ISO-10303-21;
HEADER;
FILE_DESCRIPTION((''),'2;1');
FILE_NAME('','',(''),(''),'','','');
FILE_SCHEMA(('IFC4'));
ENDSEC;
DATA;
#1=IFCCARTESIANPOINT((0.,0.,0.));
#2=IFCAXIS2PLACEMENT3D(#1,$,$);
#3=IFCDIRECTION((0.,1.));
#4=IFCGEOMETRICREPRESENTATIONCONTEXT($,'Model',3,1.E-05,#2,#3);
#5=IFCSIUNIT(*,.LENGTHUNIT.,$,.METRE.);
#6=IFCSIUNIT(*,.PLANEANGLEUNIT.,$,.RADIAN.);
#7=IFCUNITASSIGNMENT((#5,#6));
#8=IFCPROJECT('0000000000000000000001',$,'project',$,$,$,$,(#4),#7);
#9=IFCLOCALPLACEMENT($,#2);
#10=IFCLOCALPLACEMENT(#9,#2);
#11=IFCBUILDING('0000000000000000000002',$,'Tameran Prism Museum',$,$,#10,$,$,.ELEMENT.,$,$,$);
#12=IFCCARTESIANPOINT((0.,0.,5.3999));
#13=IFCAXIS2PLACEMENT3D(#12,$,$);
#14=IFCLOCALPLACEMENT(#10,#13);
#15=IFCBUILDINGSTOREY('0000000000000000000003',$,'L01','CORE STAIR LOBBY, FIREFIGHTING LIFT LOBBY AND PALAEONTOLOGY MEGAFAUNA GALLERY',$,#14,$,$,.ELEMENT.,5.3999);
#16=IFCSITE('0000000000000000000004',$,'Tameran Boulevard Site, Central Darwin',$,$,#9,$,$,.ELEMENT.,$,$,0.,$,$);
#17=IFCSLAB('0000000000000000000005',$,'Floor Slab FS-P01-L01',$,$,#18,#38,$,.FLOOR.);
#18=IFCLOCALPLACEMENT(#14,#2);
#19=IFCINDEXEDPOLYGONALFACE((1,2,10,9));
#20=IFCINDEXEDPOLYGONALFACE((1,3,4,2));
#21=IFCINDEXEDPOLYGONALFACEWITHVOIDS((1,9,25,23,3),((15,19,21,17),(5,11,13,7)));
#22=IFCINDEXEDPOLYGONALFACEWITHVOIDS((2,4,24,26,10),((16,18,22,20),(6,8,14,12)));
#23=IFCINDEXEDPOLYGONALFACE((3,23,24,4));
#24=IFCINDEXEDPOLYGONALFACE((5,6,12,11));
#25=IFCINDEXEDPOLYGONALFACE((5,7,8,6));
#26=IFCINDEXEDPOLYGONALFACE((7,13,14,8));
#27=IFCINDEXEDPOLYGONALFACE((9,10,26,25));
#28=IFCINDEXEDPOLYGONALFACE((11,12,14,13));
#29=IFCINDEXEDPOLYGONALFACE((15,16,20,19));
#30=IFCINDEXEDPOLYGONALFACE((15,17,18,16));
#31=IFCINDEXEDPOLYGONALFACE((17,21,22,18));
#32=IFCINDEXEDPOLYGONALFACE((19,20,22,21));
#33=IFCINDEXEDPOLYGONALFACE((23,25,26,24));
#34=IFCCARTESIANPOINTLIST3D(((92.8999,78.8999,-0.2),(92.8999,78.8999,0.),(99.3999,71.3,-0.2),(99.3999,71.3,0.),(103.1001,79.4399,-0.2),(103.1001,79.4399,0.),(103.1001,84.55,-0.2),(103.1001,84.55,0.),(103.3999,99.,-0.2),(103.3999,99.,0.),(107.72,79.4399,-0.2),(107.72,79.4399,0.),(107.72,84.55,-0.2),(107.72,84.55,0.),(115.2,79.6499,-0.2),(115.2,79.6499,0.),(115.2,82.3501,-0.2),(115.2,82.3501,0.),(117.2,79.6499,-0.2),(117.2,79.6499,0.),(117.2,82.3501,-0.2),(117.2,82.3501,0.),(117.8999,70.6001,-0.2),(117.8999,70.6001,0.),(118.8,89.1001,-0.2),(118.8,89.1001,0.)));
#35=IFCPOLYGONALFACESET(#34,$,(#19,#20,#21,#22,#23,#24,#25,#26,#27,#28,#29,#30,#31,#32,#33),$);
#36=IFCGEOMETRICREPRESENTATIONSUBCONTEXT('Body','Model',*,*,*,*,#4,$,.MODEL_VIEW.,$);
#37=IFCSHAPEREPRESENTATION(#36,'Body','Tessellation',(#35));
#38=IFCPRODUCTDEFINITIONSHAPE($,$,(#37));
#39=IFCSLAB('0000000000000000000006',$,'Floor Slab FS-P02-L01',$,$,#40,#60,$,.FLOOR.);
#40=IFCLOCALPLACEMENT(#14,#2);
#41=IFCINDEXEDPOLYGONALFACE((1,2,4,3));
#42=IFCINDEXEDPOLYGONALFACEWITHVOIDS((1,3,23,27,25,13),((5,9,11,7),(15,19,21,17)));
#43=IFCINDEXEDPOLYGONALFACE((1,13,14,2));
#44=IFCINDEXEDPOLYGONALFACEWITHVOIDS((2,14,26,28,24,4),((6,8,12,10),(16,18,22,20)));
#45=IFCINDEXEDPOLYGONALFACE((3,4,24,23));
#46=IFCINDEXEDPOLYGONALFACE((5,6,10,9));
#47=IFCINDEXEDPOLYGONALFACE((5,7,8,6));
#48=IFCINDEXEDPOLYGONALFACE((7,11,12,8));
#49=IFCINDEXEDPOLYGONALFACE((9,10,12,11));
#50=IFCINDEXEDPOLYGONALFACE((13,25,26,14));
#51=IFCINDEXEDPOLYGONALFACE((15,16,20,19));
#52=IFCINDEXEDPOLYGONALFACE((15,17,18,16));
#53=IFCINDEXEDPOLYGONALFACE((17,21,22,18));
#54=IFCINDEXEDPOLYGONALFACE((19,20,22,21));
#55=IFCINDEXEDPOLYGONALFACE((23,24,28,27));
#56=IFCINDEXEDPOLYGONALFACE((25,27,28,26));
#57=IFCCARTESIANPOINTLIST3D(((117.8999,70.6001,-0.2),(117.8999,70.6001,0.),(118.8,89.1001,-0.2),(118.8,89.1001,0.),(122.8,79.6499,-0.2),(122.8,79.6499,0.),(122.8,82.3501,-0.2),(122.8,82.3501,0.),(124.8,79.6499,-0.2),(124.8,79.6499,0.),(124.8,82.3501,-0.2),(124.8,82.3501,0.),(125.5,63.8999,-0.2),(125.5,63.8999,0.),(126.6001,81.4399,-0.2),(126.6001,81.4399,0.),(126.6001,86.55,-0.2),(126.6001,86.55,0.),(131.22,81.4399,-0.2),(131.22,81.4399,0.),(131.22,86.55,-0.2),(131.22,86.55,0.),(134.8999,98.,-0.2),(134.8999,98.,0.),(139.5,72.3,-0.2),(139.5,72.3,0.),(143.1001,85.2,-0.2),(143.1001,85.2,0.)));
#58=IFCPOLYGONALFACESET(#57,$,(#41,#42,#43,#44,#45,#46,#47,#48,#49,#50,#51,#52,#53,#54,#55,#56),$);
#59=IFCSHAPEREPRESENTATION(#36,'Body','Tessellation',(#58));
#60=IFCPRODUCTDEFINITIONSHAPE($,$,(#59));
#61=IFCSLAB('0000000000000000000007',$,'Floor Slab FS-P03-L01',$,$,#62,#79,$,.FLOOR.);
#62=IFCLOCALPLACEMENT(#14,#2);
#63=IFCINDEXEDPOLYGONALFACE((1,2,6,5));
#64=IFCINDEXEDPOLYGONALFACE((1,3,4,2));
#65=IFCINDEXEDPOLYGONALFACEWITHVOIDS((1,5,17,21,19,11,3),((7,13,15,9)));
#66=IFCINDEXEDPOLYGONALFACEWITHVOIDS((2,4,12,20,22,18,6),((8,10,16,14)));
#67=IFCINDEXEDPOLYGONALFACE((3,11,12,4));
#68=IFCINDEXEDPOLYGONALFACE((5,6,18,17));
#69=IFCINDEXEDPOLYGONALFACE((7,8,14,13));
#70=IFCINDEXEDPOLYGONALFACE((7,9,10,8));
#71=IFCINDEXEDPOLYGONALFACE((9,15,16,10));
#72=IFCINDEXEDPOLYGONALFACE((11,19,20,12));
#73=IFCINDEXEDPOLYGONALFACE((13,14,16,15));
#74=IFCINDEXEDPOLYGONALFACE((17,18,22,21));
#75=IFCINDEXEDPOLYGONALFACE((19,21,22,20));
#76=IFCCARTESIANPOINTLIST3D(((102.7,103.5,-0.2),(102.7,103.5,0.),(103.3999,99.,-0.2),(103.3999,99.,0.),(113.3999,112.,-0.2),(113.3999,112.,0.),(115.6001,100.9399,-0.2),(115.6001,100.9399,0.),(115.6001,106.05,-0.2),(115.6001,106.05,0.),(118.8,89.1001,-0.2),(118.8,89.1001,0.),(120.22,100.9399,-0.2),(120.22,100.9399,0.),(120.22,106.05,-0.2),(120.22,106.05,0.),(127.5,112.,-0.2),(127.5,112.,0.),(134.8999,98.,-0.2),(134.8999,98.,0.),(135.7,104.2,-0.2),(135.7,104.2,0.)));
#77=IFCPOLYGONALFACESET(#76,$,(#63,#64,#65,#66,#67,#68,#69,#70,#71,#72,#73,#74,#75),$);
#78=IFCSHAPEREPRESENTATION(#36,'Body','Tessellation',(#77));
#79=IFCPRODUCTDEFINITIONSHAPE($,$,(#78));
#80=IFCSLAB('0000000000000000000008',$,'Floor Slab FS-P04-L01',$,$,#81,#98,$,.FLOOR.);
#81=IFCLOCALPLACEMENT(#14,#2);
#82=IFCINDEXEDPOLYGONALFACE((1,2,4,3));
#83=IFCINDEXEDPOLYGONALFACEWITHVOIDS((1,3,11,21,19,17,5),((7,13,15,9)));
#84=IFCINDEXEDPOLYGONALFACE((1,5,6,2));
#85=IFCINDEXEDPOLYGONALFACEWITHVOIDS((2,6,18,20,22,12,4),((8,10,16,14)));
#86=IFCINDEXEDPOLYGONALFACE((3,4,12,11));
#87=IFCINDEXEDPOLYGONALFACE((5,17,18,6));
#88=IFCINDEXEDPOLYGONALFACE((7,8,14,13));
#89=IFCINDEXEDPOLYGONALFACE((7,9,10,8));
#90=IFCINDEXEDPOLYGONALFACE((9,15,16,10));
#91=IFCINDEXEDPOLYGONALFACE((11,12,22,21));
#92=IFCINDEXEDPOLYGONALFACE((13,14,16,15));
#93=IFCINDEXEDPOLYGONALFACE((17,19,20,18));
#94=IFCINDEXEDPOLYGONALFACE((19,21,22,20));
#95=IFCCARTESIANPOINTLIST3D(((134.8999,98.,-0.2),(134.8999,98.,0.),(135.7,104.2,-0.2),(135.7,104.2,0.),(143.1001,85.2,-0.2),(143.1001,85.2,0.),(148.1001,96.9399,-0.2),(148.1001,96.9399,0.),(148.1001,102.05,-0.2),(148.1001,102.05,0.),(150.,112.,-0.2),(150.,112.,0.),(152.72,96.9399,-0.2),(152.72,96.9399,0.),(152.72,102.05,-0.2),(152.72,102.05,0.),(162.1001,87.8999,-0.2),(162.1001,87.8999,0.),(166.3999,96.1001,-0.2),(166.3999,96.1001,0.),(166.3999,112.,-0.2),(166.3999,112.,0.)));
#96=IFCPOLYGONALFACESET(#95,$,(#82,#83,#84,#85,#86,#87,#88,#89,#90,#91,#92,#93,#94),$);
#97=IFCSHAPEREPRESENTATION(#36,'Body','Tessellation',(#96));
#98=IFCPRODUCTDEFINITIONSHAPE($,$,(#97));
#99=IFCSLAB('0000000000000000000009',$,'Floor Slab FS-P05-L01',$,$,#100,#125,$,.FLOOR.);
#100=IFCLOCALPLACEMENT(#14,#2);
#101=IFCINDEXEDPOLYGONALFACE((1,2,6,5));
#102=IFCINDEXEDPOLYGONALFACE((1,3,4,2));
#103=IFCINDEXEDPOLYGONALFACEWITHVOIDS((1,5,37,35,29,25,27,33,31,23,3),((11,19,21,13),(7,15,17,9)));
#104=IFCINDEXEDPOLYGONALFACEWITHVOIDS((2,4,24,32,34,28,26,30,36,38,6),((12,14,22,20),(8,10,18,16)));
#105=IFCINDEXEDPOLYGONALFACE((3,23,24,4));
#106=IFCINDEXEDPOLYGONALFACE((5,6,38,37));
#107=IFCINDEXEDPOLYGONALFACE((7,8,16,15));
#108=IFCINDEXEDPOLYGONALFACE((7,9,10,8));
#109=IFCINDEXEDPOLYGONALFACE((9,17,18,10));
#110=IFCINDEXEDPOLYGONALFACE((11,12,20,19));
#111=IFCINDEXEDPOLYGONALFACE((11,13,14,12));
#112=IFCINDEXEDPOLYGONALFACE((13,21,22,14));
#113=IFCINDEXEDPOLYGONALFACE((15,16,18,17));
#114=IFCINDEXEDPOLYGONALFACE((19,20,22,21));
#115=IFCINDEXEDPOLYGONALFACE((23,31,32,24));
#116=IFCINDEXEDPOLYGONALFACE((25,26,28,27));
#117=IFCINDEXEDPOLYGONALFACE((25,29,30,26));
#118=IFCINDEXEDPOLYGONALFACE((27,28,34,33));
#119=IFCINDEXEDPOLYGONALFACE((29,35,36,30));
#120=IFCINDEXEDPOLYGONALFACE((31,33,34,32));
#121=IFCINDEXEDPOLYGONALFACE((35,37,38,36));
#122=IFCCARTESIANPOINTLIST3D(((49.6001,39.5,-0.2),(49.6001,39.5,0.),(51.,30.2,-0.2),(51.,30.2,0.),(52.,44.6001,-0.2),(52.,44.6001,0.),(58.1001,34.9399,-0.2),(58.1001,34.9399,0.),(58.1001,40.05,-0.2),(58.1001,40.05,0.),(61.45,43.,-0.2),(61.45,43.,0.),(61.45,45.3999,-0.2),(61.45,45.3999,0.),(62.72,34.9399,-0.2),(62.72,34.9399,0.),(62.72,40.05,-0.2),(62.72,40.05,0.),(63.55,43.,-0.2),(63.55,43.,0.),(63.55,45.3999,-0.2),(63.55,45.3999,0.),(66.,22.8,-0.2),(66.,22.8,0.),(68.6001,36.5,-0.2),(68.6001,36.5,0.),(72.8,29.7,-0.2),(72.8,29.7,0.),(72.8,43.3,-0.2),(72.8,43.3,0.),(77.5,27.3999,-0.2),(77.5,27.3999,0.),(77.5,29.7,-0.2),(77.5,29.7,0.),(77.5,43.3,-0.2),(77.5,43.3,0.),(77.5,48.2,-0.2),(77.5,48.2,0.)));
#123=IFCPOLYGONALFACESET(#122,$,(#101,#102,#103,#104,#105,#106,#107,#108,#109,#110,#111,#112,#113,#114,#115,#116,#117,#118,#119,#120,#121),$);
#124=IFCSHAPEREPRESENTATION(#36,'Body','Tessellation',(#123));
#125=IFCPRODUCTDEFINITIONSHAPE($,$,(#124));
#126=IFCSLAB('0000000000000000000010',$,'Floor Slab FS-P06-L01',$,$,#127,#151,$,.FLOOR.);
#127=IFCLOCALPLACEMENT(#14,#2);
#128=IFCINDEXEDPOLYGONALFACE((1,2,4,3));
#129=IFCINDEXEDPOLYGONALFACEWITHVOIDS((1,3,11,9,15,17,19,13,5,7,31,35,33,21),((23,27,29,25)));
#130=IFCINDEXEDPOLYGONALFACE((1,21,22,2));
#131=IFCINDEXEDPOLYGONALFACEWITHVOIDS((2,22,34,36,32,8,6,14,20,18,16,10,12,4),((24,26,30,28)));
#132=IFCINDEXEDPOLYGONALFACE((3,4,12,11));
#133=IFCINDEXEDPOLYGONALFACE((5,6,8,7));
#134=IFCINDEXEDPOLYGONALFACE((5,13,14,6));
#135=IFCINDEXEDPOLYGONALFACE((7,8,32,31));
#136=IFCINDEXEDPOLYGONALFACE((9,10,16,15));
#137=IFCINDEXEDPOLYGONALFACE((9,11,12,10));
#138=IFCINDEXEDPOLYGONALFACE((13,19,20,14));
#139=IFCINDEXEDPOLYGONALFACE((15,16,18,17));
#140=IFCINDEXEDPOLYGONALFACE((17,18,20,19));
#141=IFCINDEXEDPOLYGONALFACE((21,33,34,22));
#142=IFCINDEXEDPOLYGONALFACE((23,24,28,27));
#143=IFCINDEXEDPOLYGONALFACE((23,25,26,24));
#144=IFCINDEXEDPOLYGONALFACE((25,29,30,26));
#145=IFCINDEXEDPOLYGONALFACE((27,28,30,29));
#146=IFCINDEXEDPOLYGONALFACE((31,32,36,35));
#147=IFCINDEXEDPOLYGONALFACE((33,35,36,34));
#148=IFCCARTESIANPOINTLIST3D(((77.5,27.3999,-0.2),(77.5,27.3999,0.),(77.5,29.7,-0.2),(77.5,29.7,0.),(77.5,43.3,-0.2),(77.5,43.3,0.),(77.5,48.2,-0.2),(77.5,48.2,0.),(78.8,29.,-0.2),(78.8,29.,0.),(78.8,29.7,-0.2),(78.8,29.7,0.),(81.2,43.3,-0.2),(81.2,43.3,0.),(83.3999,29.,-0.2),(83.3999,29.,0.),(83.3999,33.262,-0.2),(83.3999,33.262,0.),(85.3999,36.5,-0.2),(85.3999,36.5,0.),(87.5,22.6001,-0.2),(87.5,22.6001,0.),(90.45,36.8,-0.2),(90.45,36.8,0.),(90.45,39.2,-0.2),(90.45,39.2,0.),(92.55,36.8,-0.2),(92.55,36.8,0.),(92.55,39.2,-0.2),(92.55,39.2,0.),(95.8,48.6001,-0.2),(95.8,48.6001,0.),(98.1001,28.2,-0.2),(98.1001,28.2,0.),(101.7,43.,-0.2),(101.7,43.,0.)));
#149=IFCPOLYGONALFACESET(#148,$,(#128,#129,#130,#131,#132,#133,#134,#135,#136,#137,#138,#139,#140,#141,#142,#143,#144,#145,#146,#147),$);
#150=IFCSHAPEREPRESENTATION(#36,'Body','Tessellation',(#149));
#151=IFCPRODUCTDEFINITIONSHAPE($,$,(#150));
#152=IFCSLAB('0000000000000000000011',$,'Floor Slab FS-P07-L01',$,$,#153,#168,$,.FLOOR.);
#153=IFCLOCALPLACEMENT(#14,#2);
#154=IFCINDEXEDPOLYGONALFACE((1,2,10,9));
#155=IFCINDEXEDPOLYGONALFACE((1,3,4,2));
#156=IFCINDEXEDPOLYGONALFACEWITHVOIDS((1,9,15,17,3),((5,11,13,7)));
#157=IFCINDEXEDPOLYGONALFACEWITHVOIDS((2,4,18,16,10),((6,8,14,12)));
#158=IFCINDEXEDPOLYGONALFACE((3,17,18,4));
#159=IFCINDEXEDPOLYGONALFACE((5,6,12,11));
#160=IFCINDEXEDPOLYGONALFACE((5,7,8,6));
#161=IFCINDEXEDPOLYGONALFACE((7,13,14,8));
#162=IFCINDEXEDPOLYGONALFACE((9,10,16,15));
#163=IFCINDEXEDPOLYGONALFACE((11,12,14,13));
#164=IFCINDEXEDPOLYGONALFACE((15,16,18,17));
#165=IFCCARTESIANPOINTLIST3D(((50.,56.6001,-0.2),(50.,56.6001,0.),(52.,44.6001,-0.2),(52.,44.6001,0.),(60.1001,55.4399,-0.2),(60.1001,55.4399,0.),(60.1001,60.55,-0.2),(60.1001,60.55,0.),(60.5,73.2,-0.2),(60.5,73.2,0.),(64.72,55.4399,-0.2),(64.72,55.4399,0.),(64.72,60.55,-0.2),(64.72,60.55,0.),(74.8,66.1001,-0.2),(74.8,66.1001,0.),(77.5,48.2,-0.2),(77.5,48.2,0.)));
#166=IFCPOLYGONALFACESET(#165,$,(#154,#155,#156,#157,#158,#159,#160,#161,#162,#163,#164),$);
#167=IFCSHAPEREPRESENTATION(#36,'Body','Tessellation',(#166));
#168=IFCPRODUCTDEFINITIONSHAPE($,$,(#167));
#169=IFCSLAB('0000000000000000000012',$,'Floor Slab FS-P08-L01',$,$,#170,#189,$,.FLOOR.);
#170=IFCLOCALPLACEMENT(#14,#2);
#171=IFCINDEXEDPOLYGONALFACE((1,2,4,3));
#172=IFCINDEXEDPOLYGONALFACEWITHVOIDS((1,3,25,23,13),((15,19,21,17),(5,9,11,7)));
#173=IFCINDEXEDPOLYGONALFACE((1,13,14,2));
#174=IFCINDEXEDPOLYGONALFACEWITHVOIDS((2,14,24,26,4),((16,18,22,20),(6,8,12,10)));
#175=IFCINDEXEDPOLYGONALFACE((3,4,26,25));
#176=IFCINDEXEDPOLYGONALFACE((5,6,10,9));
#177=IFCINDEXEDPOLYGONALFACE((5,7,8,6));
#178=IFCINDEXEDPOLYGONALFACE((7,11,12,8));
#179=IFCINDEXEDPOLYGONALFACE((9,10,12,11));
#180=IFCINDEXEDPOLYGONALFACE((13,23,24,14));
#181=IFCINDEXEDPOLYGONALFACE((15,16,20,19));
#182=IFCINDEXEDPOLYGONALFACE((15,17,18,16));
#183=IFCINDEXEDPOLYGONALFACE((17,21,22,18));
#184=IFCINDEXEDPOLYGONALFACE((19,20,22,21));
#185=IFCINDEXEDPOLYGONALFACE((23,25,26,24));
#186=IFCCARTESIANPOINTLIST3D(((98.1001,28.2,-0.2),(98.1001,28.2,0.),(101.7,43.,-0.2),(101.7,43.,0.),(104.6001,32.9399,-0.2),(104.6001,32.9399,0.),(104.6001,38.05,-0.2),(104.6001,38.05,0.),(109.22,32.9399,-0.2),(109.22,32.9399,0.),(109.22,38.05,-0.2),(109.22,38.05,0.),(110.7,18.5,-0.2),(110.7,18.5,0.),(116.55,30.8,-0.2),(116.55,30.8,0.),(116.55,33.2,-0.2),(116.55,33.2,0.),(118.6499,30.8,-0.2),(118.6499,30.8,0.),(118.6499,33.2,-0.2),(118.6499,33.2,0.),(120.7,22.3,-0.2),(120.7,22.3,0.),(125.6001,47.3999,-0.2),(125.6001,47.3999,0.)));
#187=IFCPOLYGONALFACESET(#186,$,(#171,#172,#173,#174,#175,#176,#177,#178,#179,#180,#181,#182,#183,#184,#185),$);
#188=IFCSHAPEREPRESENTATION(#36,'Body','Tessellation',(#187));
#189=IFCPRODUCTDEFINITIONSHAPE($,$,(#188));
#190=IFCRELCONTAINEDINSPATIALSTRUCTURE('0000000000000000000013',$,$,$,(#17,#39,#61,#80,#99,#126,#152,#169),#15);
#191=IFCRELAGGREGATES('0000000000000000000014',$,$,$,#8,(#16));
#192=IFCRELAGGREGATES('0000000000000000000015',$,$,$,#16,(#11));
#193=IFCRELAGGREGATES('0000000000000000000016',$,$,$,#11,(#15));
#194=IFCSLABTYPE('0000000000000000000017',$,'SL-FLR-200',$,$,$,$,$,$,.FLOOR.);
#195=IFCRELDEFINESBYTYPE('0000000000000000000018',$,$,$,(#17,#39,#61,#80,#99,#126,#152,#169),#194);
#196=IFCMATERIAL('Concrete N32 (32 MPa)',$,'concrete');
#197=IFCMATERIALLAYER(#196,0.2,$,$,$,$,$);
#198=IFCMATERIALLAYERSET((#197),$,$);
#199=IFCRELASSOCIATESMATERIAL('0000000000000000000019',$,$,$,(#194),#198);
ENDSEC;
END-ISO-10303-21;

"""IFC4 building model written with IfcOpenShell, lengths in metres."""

from ifc_helpers import new_model, si_unit, direction, frame, origin, place, context, subcontext, project, spatial, polyline, outline, extrude, material, layer, layer_set, type_object, element, save


model = new_model("IFC4")

# Units and contexts
model_context = context("Model", 3, precision=1e-05, world=origin(), true_north=direction((0.0, 1.0)))
body_context = subcontext(model_context, "Body", "Model", "MODEL_VIEW")
ifc_project = project(units=[si_unit("LENGTHUNIT", "METRE"), si_unit("PLANEANGLEUNIT", "RADIAN")], contexts=[model_context])

# Site, building, storey
site_placement = place(None, origin())
site = spatial("IfcSite", under=ifc_project, at=site_placement, Name="Tameran Boulevard Site, Central Darwin", CompositionType="ELEMENT", RefElevation=0.0)
building_placement = place(site_placement, origin())
building = spatial("IfcBuilding", under=site, at=building_placement, Name="Tameran Prism Museum", CompositionType="ELEMENT")
storey_placement = place(building_placement, frame((0.0, 0.0, 5.3999)))
storey = spatial("IfcBuildingStorey", under=building, at=storey_placement, Name="L01", Description="CORE STAIR LOBBY, FIREFIGHTING LIFT LOBBY AND PALAEONTOLOGY MEGAFAUNA GALLERY", CompositionType="ELEMENT", Elevation=5.3999)

# Slabs
ifc_material_1 = material(Name="Concrete N32 (32 MPa)", Category="concrete")
ifc_layer_1 = layer(ifc_material_1, 0.2)
ifc_layer_set_1 = layer_set([ifc_layer_1])
slab_type_1 = type_object("IfcSlabType", Name="SL-FLR-200", PredefinedType="FLOOR", material=ifc_layer_set_1)
slab_1_placement = place(storey_placement, frame((0.0, 0.0, -0.2)))
element("IfcSlab", 1, at=slab_1_placement, inside=storey, type_object=slab_type_1, Name="Floor Slab FS-P01-L01", PredefinedType="FLOOR", context=body_context, shape_type="SweptSolid", body=[
    extrude(outline(polyline([(92.8999, 78.8999), (103.3999, 99.0), (118.8, 89.1001), (117.8999, 70.6001), (99.3999, 71.3), (92.8999, 78.8999)]), holes=[polyline([(117.2, 79.6499), (117.2, 82.3501), (115.2, 82.3501), (115.2, 79.6499), (117.2, 79.6499)]), polyline([(107.72, 79.4399), (107.72, 84.55), (103.1001, 84.55), (103.1001, 79.4399), (107.72, 79.4399)])]), origin(), (0.0, 0.0, 1.0), 0.2),
])
slab_2_placement = place(storey_placement, frame((0.0, 0.0, -0.2)))
element("IfcSlab", 2, at=slab_2_placement, inside=storey, type_object=slab_type_1, Name="Floor Slab FS-P02-L01", PredefinedType="FLOOR", context=body_context, shape_type="SweptSolid", body=[
    extrude(outline(polyline([(118.8, 89.1001), (134.8999, 98.0), (143.1001, 85.2), (139.5, 72.3), (125.5, 63.8999), (117.8999, 70.6001), (118.8, 89.1001)]), holes=[polyline([(124.8, 79.6499), (124.8, 82.3501), (122.8, 82.3501), (122.8, 79.6499), (124.8, 79.6499)]), polyline([(131.22, 81.4399), (131.22, 86.55), (126.6001, 86.55), (126.6001, 81.4399), (131.22, 81.4399)])]), origin(), (0.0, 0.0, 1.0), 0.2),
])
slab_3_placement = place(storey_placement, frame((0.0, 0.0, -0.2)))
element("IfcSlab", 3, at=slab_3_placement, inside=storey, type_object=slab_type_1, Name="Floor Slab FS-P03-L01", PredefinedType="FLOOR", context=body_context, shape_type="SweptSolid", body=[
    extrude(outline(polyline([(102.7, 103.5), (113.3999, 112.0), (127.5, 112.0), (135.7, 104.2), (134.8999, 98.0), (118.8, 89.1001), (103.3999, 99.0), (102.7, 103.5)]), holes=[polyline([(120.22, 106.05), (115.6001, 106.05), (115.6001, 100.9399), (120.22, 100.9399), (120.22, 106.05)])]), origin(), (0.0, 0.0, 1.0), 0.2),
])
slab_4_placement = place(storey_placement, frame((0.0, 0.0, -0.2)))
element("IfcSlab", 4, at=slab_4_placement, inside=storey, type_object=slab_type_1, Name="Floor Slab FS-P04-L01", PredefinedType="FLOOR", context=body_context, shape_type="SweptSolid", body=[
    extrude(outline(polyline([(135.7, 104.2), (150.0, 112.0), (166.3999, 112.0), (166.3999, 96.1001), (162.1001, 87.8999), (143.1001, 85.2), (134.8999, 98.0), (135.7, 104.2)]), holes=[polyline([(152.72, 102.05), (148.1001, 102.05), (148.1001, 96.9399), (152.72, 96.9399), (152.72, 102.05)])]), origin(), (0.0, 0.0, 1.0), 0.2),
])
slab_5_placement = place(storey_placement, frame((0.0, 0.0, -0.2)))
element("IfcSlab", 5, at=slab_5_placement, inside=storey, type_object=slab_type_1, Name="Floor Slab FS-P05-L01", PredefinedType="FLOOR", context=body_context, shape_type="SweptSolid", body=[
    extrude(outline(polyline([(77.5, 27.3999), (66.0, 22.8), (51.0, 30.2), (49.6001, 39.5), (52.0, 44.6001), (77.5, 48.2), (77.5, 43.3), (72.8, 43.3), (68.6001, 36.5), (72.8, 29.7), (77.5, 29.7), (77.5, 27.3999)]), holes=[polyline([(58.1001, 34.9399), (62.72, 34.9399), (62.72, 40.05), (58.1001, 40.05), (58.1001, 34.9399)]), polyline([(61.45, 43.0), (63.55, 43.0), (63.55, 45.3999), (61.45, 45.3999), (61.45, 43.0)])]), origin(), (0.0, 0.0, 1.0), 0.2),
])
slab_6_placement = place(storey_placement, frame((0.0, 0.0, -0.2)))
element("IfcSlab", 6, at=slab_6_placement, inside=storey, type_object=slab_type_1, Name="Floor Slab FS-P06-L01", PredefinedType="FLOOR", context=body_context, shape_type="SweptSolid", body=[
    extrude(outline(polyline([(77.5, 48.2), (95.8, 48.6001), (101.7, 43.0), (98.1001, 28.2), (87.5, 22.6001), (77.5, 27.3999), (77.5, 29.7), (78.8, 29.7), (78.8, 29.0), (83.3999, 29.0), (83.3999, 33.262), (85.3999, 36.5), (81.2, 43.3), (77.5, 43.3), (77.5, 48.2)]), holes=[polyline([(92.55, 36.8), (92.55, 39.2), (90.45, 39.2), (90.45, 36.8), (92.55, 36.8)])]), origin(), (0.0, 0.0, 1.0), 0.2),
])
slab_7_placement = place(storey_placement, frame((0.0, 0.0, -0.2)))
element("IfcSlab", 7, at=slab_7_placement, inside=storey, type_object=slab_type_1, Name="Floor Slab FS-P07-L01", PredefinedType="FLOOR", context=body_context, shape_type="SweptSolid", body=[
    extrude(outline(polyline([(60.5, 73.2), (74.8, 66.1001), (77.5, 48.2), (52.0, 44.6001), (50.0, 56.6001), (60.5, 73.2)]), holes=[polyline([(64.72, 60.55), (60.1001, 60.55), (60.1001, 55.4399), (64.72, 55.4399), (64.72, 60.55)])]), origin(), (0.0, 0.0, 1.0), 0.2),
])
slab_8_placement = place(storey_placement, frame((0.0, 0.0, -0.2)))
element("IfcSlab", 8, at=slab_8_placement, inside=storey, type_object=slab_type_1, Name="Floor Slab FS-P08-L01", PredefinedType="FLOOR", context=body_context, shape_type="SweptSolid", body=[
    extrude(outline(polyline([(101.7, 43.0), (125.6001, 47.3999), (120.7, 22.3), (110.7, 18.5), (98.1001, 28.2), (101.7, 43.0)]), holes=[polyline([(118.6499, 30.8), (118.6499, 33.2), (116.55, 33.2), (116.55, 30.8), (118.6499, 30.8)]), polyline([(109.22, 32.9399), (109.22, 38.05), (104.6001, 38.05), (104.6001, 32.9399), (109.22, 32.9399)])]), origin(), (0.0, 0.0, 1.0), 0.2),
])

save(model, "model.ifc")
